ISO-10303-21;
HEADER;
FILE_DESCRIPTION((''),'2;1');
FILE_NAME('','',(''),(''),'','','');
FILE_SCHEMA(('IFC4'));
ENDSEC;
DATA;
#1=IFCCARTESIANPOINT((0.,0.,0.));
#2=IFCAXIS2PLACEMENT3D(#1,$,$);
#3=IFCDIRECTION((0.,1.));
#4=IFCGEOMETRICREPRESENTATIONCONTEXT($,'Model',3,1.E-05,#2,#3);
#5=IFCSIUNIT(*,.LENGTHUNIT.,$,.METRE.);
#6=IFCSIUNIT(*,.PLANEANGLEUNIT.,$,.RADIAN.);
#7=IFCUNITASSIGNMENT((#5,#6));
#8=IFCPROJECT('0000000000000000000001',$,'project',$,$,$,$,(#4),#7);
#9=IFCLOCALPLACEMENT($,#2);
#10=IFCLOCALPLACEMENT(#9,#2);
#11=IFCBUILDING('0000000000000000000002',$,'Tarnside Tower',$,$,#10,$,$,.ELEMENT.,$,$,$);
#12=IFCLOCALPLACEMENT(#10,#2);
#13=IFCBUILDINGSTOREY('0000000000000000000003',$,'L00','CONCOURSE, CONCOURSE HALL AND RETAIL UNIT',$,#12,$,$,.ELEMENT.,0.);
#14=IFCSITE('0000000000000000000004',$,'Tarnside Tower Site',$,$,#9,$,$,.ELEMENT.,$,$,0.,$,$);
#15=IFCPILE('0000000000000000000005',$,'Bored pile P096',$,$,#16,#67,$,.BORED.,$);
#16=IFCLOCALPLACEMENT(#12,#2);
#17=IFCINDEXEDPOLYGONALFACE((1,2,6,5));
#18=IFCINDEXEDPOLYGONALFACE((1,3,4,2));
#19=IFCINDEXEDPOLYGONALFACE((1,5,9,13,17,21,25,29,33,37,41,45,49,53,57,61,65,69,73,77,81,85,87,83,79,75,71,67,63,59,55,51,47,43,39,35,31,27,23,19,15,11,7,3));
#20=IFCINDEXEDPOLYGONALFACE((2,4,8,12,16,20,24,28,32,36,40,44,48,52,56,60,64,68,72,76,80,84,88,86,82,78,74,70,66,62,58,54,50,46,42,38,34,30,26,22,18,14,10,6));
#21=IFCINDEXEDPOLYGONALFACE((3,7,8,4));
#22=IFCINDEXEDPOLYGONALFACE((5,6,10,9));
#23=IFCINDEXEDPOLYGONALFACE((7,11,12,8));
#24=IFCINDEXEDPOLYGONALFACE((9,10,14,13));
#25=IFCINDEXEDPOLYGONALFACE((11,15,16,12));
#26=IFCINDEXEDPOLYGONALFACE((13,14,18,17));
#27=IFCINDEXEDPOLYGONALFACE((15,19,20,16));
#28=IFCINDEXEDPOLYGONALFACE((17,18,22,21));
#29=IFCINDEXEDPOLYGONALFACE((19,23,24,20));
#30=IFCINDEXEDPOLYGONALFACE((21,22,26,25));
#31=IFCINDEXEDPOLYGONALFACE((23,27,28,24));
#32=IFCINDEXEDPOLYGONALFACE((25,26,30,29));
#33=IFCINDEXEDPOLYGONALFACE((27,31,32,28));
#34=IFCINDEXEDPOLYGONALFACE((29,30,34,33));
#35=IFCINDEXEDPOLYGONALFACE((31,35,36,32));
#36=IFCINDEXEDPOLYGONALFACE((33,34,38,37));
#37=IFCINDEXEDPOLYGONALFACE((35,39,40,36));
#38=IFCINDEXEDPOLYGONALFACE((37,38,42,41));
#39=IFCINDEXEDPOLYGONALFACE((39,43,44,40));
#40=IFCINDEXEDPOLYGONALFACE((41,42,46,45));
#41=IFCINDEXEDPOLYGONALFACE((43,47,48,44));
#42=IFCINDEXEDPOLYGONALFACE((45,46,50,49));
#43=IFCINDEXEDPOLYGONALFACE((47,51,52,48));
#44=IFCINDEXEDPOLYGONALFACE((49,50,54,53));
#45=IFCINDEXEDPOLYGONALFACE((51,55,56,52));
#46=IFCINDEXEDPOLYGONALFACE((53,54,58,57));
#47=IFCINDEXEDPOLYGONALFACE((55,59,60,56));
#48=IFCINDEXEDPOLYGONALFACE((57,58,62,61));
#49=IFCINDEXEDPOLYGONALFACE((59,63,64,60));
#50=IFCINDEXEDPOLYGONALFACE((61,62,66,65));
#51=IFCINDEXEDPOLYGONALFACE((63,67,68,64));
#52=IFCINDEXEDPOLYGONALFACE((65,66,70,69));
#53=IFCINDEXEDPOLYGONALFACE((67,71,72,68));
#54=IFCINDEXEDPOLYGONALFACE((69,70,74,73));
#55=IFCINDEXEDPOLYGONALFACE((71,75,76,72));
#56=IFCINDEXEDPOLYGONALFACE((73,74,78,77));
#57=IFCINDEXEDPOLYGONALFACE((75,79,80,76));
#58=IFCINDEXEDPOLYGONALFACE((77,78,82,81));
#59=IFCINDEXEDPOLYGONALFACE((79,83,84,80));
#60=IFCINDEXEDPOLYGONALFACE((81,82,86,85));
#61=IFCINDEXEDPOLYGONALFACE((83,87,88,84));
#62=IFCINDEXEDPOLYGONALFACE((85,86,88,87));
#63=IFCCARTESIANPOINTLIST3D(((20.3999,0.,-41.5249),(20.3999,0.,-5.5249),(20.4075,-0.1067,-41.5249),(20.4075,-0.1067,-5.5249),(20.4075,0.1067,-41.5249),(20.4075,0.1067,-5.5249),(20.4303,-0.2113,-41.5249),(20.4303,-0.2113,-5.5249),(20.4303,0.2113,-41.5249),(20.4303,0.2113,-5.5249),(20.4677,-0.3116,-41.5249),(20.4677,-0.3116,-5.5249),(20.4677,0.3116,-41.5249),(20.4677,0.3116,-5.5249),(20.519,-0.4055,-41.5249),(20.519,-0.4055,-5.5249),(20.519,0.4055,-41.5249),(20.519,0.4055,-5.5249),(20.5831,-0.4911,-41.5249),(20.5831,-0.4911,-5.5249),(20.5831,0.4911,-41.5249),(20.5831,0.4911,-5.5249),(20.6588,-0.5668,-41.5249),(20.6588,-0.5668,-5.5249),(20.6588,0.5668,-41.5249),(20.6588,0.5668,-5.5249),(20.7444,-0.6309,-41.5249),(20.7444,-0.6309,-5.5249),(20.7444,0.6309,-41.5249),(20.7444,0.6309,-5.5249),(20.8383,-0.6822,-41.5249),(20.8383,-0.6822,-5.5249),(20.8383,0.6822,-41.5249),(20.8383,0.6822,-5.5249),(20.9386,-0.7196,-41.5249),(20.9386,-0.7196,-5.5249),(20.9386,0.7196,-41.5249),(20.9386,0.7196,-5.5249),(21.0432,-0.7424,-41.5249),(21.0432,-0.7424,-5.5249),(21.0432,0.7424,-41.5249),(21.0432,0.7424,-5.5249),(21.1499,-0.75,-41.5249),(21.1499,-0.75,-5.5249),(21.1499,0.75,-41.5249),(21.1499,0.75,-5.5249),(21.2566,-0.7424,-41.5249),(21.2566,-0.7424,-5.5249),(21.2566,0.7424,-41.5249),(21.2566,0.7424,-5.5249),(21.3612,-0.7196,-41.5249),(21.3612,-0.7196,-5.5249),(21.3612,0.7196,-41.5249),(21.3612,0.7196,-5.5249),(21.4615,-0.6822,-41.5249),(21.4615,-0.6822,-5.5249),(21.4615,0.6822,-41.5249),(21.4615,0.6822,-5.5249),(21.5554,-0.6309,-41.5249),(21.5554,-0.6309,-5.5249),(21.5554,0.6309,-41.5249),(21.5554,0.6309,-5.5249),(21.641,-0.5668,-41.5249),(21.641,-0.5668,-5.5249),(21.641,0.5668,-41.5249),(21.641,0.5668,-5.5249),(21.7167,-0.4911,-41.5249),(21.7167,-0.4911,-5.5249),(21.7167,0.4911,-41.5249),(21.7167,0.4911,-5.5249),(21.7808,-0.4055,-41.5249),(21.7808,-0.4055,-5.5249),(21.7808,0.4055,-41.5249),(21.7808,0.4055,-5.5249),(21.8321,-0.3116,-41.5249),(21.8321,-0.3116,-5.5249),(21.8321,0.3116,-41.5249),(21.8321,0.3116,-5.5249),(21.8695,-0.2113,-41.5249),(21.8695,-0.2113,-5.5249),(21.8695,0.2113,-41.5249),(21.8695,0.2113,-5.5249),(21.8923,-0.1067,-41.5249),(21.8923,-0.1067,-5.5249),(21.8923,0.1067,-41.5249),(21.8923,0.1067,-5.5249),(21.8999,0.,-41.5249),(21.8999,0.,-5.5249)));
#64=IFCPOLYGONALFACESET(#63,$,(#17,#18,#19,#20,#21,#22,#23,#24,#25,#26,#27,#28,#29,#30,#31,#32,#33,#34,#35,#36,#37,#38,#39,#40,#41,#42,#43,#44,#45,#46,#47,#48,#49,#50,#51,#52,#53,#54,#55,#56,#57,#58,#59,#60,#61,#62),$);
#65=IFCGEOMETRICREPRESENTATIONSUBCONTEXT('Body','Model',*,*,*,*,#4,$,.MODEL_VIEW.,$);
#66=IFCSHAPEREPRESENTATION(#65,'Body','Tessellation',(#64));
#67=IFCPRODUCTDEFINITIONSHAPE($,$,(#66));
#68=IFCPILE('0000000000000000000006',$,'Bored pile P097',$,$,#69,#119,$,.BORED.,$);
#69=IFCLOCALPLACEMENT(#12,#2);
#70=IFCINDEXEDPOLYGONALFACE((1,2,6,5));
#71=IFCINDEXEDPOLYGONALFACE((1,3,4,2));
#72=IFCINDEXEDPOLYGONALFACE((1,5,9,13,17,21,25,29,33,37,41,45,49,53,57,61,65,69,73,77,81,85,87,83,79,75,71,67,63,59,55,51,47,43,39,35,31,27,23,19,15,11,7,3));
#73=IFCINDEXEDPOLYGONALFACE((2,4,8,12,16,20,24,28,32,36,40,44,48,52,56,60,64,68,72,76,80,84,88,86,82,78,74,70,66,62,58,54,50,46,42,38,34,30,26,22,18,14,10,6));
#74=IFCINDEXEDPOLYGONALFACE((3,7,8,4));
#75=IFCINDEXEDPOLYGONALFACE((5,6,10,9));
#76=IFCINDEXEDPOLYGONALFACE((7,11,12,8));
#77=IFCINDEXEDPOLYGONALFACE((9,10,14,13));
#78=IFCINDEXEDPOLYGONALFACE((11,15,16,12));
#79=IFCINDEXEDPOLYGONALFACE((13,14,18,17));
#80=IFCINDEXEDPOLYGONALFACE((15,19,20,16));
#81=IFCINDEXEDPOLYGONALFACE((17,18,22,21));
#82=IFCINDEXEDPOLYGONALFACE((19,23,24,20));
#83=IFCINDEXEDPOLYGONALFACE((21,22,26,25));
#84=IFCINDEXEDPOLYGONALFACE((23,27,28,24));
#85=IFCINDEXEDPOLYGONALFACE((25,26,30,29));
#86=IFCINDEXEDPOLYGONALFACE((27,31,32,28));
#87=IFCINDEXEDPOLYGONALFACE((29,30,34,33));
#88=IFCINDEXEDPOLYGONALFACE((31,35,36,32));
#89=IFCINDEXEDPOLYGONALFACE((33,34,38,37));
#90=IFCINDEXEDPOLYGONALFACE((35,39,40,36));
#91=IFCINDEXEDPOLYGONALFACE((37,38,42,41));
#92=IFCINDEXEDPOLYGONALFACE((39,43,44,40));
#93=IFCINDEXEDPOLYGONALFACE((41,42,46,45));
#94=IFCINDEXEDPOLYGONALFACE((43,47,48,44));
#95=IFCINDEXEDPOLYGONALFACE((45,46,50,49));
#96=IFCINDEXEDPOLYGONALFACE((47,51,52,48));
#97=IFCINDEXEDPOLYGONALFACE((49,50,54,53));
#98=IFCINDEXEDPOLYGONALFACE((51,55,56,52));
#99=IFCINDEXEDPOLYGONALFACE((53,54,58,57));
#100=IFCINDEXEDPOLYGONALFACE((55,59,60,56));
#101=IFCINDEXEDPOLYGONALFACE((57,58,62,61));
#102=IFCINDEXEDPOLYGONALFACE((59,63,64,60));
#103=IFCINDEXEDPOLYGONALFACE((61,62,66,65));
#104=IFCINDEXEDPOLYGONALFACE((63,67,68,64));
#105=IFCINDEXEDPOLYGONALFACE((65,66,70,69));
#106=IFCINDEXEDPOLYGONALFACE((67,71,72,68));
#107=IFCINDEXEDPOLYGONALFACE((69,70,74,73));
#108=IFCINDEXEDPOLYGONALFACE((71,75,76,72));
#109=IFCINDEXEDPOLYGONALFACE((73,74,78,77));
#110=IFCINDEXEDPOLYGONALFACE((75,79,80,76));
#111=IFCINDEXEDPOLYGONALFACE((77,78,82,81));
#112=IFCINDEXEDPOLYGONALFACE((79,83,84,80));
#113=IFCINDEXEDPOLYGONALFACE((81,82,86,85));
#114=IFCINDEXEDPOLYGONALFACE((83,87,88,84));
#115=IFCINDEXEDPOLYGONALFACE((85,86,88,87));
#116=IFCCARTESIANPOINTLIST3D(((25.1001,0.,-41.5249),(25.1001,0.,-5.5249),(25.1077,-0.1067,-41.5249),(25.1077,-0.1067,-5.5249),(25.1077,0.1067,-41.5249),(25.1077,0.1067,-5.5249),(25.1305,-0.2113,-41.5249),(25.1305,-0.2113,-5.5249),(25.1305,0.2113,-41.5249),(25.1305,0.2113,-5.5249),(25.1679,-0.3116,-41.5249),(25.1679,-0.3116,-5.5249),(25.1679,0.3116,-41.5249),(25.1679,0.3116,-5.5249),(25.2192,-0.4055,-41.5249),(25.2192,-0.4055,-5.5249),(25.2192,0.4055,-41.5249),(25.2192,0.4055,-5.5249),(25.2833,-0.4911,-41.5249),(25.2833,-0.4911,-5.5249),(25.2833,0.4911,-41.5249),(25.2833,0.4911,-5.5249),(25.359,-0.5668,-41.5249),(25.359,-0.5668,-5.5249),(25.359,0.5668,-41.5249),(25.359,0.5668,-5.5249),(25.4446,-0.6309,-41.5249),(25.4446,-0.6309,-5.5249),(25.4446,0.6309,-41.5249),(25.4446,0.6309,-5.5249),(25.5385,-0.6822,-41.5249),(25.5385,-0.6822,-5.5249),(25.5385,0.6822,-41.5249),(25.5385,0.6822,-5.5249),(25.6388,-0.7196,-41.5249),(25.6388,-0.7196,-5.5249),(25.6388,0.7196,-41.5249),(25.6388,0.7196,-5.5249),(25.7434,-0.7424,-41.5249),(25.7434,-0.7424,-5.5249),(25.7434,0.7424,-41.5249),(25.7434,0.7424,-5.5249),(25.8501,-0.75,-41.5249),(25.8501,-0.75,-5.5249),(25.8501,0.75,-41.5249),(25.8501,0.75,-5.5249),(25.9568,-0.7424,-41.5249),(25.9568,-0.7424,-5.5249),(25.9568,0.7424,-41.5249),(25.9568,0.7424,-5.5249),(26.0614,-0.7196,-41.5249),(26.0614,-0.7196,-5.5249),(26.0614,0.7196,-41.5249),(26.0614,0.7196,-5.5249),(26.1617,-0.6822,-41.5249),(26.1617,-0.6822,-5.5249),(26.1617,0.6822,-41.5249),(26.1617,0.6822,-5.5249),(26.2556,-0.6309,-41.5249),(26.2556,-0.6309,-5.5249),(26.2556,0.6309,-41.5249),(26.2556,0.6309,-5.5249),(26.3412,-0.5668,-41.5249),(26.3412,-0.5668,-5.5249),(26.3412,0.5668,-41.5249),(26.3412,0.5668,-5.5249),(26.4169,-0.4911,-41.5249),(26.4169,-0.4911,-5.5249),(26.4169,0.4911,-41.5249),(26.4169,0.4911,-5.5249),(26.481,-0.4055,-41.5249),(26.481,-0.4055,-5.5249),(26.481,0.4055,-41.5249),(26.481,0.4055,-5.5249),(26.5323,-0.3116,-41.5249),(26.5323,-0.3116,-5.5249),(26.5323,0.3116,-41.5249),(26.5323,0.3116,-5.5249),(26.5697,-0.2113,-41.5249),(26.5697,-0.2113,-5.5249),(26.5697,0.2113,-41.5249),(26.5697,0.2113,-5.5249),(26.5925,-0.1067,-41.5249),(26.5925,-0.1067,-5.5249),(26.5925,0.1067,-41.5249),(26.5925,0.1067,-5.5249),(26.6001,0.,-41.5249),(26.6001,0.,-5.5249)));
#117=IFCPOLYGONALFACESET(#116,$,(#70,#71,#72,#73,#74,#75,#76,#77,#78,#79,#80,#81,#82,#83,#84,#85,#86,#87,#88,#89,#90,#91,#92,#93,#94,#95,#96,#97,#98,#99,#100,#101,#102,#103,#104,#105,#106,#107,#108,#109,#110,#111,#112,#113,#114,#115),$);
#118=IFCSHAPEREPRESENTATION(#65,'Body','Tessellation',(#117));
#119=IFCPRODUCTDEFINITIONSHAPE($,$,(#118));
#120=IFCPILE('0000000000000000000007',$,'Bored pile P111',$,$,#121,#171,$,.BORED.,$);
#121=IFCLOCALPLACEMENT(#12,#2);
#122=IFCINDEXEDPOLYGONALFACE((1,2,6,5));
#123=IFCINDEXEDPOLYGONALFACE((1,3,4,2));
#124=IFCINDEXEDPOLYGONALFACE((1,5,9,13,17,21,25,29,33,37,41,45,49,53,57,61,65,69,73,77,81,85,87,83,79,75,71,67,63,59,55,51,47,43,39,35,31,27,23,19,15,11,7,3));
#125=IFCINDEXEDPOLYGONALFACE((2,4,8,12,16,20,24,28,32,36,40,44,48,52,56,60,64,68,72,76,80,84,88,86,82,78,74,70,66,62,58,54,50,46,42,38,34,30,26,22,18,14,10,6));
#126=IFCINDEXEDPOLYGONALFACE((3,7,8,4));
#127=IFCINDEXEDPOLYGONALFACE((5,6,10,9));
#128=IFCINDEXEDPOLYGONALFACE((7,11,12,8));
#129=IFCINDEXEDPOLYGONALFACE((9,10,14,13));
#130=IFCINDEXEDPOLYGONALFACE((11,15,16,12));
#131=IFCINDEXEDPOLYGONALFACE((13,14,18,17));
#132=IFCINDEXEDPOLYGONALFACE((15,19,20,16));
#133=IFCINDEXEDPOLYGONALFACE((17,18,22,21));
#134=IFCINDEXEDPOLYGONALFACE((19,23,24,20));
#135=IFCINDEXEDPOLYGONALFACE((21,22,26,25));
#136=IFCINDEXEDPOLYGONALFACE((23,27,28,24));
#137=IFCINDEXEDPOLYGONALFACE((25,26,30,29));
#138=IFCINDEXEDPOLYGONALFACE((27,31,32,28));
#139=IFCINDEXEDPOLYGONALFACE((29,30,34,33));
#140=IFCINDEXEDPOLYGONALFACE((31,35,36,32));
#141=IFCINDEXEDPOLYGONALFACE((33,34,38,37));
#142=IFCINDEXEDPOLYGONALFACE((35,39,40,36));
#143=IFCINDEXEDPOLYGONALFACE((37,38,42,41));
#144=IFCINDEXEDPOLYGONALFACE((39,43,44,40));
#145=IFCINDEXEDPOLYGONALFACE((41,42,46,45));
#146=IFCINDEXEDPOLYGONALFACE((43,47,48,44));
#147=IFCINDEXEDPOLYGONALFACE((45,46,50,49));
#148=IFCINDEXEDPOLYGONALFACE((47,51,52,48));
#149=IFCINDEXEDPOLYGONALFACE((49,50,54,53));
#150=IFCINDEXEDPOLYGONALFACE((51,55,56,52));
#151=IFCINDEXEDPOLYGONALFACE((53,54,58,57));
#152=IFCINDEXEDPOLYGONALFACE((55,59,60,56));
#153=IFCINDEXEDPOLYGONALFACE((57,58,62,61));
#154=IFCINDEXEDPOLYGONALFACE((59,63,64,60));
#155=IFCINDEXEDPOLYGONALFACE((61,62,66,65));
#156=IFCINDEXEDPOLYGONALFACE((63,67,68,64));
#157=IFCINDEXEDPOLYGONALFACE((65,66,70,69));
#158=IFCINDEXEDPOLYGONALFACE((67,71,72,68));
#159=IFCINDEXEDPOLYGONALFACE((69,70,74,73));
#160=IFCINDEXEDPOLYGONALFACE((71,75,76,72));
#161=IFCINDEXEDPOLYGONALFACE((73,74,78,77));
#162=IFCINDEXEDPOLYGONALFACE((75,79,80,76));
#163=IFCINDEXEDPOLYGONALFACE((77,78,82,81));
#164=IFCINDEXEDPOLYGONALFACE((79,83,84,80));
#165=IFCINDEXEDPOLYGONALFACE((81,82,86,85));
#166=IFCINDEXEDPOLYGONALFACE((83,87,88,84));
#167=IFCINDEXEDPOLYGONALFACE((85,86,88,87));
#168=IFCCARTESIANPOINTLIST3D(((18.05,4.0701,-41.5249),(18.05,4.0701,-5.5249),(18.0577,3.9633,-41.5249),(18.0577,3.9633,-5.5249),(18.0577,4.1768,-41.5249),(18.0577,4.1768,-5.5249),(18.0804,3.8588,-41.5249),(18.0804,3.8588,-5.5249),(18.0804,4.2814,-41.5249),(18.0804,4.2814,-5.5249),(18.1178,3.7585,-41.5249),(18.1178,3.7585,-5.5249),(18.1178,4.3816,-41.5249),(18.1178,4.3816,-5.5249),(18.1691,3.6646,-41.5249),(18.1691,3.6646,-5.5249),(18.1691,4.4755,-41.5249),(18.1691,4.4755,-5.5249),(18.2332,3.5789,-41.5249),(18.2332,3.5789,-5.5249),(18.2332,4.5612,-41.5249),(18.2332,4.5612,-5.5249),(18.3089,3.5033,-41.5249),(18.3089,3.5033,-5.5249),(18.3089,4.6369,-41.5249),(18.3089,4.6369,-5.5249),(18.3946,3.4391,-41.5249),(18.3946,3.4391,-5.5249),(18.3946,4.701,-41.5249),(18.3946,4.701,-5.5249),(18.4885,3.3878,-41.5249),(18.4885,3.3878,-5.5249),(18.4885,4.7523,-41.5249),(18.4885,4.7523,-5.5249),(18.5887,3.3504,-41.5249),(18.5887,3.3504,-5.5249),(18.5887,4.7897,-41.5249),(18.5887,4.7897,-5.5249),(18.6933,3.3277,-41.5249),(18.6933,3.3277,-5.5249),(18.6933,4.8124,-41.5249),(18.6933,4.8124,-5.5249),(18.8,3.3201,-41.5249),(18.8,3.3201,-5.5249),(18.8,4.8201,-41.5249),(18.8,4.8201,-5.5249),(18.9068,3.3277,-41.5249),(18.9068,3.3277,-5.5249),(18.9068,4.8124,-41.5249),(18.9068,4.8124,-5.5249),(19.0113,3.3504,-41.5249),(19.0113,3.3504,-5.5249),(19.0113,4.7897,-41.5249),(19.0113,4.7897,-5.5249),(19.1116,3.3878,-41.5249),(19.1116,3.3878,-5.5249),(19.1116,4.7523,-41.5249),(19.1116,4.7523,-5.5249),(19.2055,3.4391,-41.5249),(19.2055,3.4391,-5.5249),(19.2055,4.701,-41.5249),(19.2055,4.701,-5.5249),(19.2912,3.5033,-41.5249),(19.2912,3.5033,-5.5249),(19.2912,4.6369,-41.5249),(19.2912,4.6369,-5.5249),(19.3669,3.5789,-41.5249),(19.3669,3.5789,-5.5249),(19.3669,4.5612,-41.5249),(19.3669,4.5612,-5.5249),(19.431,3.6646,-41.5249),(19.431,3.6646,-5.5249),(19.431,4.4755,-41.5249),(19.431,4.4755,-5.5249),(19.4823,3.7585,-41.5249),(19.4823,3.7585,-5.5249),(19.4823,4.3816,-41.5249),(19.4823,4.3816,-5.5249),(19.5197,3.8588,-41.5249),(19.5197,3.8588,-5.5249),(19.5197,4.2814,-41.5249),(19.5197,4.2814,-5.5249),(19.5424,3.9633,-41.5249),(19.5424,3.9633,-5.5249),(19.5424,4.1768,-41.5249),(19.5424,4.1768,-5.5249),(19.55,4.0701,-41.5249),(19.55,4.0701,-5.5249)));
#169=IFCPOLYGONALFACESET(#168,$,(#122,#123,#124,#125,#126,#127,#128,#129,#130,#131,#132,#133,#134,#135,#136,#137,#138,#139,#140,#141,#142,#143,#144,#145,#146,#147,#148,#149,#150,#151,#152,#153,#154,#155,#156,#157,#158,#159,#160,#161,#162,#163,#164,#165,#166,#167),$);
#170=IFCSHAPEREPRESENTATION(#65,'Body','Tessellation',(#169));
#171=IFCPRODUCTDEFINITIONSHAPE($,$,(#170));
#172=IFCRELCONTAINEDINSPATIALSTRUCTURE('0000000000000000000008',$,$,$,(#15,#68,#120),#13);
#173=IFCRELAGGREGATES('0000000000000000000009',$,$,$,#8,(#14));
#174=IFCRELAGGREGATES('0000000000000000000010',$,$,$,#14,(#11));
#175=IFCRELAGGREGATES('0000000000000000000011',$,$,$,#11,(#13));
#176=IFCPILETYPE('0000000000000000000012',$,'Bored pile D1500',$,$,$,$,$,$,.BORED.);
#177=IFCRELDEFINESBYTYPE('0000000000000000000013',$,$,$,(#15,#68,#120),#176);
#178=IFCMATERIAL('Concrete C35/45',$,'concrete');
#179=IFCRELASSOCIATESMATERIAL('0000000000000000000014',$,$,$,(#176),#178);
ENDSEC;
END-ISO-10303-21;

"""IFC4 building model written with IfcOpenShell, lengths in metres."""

from ifc_helpers import new_model, si_unit, direction, frame, origin, origin_2d, place, context, subcontext, project, spatial, circle, extrude, material, material_profile, profile_set, type_object, element, save


model = new_model("IFC4")

# Units and contexts
model_context = context("Model", 3, precision=1e-05, world=origin(), true_north=direction((0.0, 1.0)))
body_context = subcontext(model_context, "Body", "Model", "MODEL_VIEW")
ifc_project = project(units=[si_unit("LENGTHUNIT", "METRE"), si_unit("PLANEANGLEUNIT", "RADIAN")], contexts=[model_context])

# Site, building, storey
site_placement = place(None, origin())
site = spatial("IfcSite", under=ifc_project, at=site_placement, Name="Tarnside Tower Site", CompositionType="ELEMENT", RefElevation=0.0)
building_placement = place(site_placement, origin())
building = spatial("IfcBuilding", under=site, at=building_placement, Name="Tarnside Tower", CompositionType="ELEMENT")
storey_placement = place(building_placement, origin())
storey = spatial("IfcBuildingStorey", under=building, at=storey_placement, Name="L00", Description="CONCOURSE, CONCOURSE HALL AND RETAIL UNIT", CompositionType="ELEMENT", Elevation=0.0)

# Piles
ifc_material_1 = material(Name="Concrete C35/45", Category="concrete")
ifc_material_profile_1 = material_profile(ifc_material_1, circle(Radius=0.75, at=origin_2d()), Name="Bored pile D1500")
ifc_profile_set_1 = profile_set([ifc_material_profile_1], Name="Concrete C35/45")
pile_type = type_object("IfcPileType", Name="Bored pile D1500", PredefinedType="BORED", material=ifc_profile_set_1)
for number, where, z_axis, x_axis, name in (
    (1, (21.1499, 0.0, -5.5249), (0.0, 0.0, -1.0), (1.0, 0.0, 0.0), "Bored pile P096"),
    (2, (25.8501, 0.0, -5.5249), (0.0, 0.0, -1.0), (1.0, 0.0, 0.0), "Bored pile P097"),
    (3, (18.8, 4.0701, -5.5249), (0.0, 0.0, -1.0), (1.0, 0.0, 0.0), "Bored pile P111"),
):
    element("IfcPile", number, at=place(storey_placement, frame(where, z_axis=z_axis, x_axis=x_axis)), inside=storey, type_object=pile_type, Name=name, PredefinedType="BORED", context=body_context, shape_type="SweptSolid", body=[
        extrude(circle(Radius=0.75, at=origin_2d()), origin(), (0.0, 0.0, 1.0), 36.0),
    ])

save(model, "model.ifc")
